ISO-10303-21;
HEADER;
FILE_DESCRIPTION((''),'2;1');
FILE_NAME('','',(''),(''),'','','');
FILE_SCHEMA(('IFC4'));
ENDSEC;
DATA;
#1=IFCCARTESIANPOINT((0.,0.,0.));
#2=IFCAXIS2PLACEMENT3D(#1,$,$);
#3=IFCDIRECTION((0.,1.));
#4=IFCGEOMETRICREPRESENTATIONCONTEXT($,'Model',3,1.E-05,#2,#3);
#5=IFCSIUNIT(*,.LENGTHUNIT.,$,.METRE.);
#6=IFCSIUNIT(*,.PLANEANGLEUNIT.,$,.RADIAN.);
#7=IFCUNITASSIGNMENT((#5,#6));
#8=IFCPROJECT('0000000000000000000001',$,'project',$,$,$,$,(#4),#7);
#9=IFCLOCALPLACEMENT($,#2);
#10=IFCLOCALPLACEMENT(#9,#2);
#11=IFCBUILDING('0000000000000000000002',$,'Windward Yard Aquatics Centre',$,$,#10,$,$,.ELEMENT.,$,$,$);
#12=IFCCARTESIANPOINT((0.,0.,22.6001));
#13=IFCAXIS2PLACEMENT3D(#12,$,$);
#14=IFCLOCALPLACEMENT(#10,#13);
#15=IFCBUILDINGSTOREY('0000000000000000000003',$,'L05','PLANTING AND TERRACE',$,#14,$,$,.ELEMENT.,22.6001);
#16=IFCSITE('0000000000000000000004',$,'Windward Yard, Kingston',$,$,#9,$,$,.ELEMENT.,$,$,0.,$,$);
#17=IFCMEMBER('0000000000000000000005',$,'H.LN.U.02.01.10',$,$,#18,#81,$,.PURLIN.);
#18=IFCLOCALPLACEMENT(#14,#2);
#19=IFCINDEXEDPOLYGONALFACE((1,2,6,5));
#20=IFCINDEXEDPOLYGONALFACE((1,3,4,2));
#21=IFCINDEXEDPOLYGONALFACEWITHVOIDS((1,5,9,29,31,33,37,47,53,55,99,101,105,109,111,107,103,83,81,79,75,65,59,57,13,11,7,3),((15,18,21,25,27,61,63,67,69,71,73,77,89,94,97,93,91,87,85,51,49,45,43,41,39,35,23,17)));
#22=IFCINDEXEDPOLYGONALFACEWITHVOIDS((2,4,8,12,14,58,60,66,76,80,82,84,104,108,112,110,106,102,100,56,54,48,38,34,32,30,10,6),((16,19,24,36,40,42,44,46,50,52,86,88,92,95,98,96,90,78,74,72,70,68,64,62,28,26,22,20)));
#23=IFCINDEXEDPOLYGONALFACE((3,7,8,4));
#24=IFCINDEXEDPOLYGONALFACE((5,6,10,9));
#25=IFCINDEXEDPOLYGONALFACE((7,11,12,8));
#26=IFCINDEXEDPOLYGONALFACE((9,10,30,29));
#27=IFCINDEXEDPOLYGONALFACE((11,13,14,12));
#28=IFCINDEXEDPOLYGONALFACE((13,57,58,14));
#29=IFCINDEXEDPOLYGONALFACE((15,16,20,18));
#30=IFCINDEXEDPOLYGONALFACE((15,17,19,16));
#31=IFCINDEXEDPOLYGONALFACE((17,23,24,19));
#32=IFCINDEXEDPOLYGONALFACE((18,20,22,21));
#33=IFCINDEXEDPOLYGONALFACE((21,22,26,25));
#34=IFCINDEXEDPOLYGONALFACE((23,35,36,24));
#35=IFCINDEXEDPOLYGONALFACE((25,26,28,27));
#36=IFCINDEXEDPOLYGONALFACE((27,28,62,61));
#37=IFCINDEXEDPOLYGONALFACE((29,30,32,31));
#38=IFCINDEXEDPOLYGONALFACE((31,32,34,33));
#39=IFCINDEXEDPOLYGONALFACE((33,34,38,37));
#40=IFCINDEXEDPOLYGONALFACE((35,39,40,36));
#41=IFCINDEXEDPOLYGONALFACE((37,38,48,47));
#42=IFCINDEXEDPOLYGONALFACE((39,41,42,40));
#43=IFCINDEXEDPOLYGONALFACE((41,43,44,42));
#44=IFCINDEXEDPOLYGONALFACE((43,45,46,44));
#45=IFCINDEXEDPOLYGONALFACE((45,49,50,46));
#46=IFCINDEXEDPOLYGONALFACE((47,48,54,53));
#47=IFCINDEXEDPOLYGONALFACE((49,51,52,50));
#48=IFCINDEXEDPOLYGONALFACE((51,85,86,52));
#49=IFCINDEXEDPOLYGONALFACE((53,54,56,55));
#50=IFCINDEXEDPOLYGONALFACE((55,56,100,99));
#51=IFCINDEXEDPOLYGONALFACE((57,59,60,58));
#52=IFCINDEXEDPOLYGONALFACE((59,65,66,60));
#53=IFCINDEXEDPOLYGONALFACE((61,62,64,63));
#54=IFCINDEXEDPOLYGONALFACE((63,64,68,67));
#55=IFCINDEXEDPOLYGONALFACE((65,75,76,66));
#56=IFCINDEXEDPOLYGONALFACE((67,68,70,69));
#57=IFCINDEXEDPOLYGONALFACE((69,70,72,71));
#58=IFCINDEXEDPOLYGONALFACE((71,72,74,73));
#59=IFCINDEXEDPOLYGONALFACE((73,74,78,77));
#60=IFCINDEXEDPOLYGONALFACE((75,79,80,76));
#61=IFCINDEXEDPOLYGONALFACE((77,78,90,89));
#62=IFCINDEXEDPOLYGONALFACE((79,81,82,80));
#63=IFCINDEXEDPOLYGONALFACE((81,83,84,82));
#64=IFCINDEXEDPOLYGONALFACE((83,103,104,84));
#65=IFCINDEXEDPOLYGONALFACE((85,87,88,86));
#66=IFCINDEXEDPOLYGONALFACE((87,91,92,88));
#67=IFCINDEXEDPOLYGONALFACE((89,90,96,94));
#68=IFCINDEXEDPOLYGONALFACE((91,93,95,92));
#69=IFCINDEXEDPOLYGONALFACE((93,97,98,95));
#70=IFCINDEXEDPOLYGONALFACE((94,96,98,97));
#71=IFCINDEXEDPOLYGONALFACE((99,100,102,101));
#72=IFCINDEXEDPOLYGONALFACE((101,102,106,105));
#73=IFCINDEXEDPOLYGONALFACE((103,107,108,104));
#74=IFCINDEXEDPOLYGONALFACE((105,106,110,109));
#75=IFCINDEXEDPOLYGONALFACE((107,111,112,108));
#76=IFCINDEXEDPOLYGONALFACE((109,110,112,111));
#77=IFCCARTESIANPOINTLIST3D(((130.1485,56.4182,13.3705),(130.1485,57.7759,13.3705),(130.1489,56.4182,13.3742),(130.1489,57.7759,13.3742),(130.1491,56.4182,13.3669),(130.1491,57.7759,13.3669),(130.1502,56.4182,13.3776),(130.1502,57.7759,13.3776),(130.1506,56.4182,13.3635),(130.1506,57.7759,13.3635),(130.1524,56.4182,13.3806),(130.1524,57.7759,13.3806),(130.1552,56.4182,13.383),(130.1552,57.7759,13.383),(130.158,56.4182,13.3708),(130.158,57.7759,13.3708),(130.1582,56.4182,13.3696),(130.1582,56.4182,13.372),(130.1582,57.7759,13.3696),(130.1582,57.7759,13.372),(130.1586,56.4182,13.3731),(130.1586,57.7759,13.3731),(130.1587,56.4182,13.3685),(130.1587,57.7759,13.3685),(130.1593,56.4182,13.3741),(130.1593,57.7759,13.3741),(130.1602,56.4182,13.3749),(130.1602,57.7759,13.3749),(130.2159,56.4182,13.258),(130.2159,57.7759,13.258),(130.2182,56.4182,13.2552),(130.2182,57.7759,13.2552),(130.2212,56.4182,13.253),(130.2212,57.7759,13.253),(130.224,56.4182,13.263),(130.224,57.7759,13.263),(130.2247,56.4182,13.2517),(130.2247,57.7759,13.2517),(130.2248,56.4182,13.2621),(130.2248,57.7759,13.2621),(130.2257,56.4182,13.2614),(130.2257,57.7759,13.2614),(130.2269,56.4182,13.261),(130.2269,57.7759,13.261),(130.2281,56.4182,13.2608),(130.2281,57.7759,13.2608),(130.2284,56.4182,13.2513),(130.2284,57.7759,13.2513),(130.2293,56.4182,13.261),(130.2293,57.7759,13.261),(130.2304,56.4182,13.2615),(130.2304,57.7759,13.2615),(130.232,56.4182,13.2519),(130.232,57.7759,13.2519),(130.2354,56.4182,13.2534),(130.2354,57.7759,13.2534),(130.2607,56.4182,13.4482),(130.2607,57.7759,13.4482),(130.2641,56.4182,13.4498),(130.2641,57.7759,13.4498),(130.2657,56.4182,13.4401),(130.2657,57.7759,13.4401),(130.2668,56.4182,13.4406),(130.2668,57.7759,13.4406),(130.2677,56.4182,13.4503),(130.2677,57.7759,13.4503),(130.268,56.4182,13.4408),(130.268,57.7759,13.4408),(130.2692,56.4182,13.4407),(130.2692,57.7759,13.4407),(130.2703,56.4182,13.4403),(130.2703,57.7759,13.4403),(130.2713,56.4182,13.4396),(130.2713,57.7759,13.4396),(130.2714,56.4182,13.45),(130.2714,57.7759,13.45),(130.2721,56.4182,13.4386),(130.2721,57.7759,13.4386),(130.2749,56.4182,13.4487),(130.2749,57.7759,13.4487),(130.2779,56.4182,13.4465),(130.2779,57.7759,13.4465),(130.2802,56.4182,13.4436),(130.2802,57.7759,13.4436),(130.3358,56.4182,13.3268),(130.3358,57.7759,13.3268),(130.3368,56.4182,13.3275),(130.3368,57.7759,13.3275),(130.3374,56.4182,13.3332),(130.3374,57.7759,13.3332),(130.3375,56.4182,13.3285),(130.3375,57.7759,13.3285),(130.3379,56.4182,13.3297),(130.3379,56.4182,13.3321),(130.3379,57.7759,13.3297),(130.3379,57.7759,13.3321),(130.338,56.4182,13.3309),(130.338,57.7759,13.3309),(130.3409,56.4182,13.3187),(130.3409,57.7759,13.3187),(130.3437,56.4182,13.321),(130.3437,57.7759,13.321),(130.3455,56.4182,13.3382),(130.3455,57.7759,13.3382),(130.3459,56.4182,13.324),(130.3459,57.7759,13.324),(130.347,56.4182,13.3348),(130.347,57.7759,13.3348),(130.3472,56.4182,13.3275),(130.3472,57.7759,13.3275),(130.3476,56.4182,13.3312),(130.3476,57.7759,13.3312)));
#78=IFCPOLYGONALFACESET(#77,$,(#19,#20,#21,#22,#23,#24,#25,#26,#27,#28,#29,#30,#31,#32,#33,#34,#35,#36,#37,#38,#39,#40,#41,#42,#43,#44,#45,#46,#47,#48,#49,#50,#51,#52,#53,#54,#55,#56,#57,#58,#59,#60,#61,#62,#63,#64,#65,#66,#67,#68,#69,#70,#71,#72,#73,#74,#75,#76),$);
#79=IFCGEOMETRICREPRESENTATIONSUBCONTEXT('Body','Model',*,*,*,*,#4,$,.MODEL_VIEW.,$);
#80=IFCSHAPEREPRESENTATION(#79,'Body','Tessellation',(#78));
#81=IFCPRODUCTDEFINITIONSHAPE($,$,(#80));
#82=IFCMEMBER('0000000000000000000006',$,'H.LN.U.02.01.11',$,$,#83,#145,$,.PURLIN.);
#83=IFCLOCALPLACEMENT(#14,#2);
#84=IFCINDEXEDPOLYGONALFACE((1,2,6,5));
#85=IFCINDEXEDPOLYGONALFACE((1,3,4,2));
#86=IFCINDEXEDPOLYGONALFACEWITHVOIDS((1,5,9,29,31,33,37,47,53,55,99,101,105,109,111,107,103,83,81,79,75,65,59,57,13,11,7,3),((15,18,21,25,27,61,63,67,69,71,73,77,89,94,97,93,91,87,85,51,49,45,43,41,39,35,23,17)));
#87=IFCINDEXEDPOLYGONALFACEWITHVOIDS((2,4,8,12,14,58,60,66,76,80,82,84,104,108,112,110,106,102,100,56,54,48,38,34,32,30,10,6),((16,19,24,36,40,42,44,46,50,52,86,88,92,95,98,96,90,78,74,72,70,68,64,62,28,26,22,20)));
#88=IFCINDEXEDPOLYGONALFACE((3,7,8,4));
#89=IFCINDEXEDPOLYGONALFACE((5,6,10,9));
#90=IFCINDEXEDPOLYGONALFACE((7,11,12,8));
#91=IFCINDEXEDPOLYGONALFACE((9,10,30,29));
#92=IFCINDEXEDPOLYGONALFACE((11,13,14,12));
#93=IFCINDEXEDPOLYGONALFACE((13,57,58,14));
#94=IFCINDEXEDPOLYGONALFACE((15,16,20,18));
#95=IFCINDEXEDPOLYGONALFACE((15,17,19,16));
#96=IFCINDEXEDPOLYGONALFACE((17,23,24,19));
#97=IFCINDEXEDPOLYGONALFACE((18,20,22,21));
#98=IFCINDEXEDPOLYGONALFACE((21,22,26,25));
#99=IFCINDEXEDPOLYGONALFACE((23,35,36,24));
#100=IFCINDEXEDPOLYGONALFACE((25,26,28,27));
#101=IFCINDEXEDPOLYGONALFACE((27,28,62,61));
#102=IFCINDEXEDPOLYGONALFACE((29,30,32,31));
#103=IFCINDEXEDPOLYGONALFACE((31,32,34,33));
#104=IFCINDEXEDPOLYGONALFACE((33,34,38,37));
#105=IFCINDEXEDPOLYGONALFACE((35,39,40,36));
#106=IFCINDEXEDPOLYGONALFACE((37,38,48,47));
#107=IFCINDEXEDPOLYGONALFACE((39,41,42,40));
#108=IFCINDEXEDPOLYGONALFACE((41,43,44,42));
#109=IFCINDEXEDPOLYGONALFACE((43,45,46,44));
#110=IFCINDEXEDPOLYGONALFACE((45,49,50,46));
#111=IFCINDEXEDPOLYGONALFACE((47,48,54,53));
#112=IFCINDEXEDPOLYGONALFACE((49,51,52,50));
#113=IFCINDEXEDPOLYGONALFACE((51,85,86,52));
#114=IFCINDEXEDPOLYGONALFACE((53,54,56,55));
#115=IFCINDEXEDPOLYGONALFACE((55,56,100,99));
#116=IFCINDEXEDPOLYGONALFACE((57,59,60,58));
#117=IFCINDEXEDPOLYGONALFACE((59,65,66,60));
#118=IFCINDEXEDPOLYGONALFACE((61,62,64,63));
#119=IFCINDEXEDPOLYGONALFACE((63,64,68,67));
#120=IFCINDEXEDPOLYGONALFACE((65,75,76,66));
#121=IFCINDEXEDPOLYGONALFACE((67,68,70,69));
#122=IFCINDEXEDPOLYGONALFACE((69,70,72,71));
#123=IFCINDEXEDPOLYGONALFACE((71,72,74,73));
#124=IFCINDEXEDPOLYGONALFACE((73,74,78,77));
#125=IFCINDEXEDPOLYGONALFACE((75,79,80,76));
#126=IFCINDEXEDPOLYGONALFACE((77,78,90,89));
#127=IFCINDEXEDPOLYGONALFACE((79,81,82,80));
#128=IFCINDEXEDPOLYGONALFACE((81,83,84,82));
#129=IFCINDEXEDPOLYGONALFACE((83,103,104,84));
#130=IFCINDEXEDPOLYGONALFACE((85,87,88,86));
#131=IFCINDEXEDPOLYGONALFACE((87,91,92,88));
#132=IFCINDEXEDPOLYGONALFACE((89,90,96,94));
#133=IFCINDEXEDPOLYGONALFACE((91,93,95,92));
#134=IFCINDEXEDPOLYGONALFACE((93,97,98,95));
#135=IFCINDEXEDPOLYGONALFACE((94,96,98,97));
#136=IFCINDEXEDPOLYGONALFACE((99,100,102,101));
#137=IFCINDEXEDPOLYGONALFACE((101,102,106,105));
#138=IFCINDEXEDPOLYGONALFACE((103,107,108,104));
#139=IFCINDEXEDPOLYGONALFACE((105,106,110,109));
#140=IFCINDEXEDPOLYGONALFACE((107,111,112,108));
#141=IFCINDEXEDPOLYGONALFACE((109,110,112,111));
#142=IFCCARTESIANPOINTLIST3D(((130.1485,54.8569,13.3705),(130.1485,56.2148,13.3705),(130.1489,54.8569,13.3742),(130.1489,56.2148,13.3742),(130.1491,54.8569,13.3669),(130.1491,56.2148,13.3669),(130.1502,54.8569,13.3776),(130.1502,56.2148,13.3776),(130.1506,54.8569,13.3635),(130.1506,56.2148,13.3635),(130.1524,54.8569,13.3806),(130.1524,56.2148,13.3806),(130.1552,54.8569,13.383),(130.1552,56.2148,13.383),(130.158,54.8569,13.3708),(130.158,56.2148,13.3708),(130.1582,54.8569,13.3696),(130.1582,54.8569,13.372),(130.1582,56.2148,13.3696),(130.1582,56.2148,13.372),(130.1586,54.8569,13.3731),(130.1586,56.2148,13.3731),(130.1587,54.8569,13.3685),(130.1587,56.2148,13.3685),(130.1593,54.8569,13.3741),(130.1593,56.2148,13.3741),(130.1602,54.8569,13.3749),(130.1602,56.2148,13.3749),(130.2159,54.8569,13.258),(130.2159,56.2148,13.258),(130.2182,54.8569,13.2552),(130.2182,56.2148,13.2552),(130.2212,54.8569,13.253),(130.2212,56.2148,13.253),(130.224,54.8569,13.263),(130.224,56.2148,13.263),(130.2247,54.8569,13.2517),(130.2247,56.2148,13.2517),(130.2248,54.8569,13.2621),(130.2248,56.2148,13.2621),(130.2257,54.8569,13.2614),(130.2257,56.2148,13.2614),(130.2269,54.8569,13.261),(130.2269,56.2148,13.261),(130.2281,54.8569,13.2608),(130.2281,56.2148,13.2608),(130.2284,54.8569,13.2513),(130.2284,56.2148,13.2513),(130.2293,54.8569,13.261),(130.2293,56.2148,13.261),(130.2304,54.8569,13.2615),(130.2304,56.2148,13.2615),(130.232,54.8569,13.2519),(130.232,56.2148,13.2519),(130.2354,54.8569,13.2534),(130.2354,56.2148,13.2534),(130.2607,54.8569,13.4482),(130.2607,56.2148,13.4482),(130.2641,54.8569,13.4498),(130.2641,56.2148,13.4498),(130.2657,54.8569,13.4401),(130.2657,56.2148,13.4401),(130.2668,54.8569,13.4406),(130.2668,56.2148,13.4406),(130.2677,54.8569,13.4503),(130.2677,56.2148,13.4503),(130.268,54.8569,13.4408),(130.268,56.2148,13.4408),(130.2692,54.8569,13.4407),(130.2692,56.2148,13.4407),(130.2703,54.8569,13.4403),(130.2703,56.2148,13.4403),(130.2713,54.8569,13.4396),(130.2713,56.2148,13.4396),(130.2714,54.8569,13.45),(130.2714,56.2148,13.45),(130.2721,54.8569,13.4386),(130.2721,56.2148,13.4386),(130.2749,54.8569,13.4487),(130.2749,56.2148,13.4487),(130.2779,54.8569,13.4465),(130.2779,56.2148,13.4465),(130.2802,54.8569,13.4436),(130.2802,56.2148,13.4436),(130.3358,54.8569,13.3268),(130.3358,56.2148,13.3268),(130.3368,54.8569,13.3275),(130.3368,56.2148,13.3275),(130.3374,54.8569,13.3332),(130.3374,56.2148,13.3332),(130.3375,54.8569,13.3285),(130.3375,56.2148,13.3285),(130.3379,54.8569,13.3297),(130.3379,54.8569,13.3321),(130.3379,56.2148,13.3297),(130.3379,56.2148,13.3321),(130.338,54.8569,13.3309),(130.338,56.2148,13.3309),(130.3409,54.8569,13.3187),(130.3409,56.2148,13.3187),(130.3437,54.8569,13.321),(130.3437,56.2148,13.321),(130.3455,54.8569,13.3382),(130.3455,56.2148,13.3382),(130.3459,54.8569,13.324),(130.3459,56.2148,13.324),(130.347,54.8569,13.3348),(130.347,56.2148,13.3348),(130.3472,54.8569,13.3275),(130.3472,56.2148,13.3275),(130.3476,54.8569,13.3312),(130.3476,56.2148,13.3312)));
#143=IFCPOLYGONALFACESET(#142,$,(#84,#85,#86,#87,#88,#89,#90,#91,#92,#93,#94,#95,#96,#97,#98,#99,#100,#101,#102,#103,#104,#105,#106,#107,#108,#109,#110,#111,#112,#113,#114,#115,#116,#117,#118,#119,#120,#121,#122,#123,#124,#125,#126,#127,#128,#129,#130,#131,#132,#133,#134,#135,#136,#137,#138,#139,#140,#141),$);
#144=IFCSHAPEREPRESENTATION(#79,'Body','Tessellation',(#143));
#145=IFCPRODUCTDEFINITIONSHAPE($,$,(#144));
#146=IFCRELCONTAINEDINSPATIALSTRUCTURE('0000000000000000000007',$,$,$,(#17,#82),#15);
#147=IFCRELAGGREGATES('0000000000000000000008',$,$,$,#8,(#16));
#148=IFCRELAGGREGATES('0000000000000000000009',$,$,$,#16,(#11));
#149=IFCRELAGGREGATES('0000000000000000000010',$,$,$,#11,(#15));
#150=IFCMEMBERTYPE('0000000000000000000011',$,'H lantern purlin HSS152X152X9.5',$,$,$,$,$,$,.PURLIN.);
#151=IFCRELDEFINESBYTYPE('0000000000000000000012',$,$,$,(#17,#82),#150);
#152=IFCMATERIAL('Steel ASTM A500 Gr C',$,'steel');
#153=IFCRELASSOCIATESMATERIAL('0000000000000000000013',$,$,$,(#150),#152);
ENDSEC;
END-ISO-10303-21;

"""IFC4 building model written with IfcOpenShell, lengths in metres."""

from ifc_helpers import new_model, si_unit, direction, frame, origin, origin_2d, place, context, subcontext, project, spatial, hollow_rectangle, extrude, material, material_profile, profile_set, type_object, element, save


model = new_model("IFC4")

# Units and contexts
model_context = context("Model", 3, precision=1e-05, world=origin(), true_north=direction((0.0, 1.0)))
body_context = subcontext(model_context, "Body", "Model", "MODEL_VIEW")
ifc_project = project(units=[si_unit("LENGTHUNIT", "METRE"), si_unit("PLANEANGLEUNIT", "RADIAN")], contexts=[model_context])

# Site, building, storey
site_placement = place(None, origin())
site = spatial("IfcSite", under=ifc_project, at=site_placement, Name="Windward Yard, Kingston", CompositionType="ELEMENT", RefElevation=0.0)
building_placement = place(site_placement, origin())
building = spatial("IfcBuilding", under=site, at=building_placement, Name="Windward Yard Aquatics Centre", CompositionType="ELEMENT")
storey_placement = place(building_placement, frame((0.0, 0.0, 22.6001)))
storey = spatial("IfcBuildingStorey", under=building, at=storey_placement, Name="L05", Description="PLANTING AND TERRACE", CompositionType="ELEMENT", Elevation=22.6001)

# Members
ifc_material_1 = material(Name="Steel ASTM A500 Gr C", Category="steel")
ifc_material_profile_1 = material_profile(ifc_material_1, hollow_rectangle(XDim=0.1523, YDim=0.1523, WallThickness=0.0095, InnerFilletRadius=0.0046, OuterFilletRadius=0.0142, at=origin_2d()), Name="HSS152X152X9.5")
ifc_profile_set_1 = profile_set([ifc_material_profile_1], Name="Steel ASTM A500 Gr C")
member_type_1 = type_object("IfcMemberType", Name="H lantern purlin HSS152X152X9.5", PredefinedType="PURLIN", material=ifc_profile_set_1)
member_1_placement = place(storey_placement, frame((130.248, 57.7759, 13.3508), z_axis=(0.0, -1.0, 0.0), x_axis=(0.526172, 0.0, -0.850378)))
element("IfcMember", 1, at=member_1_placement, inside=storey, type_object=member_type_1, Name="H.LN.U.02.01.10", PredefinedType="PURLIN", context=body_context, shape_type="SweptSolid", body=[
    extrude(hollow_rectangle(XDim=0.1523, YDim=0.1523, WallThickness=0.0095, InnerFilletRadius=0.0046, OuterFilletRadius=0.0142, at=origin_2d()), origin(), (0.0, 0.0, 1.0), 1.3577),
])
member_2_placement = place(storey_placement, frame((130.248, 56.2148, 13.3508), z_axis=(0.0, -1.0, 0.0), x_axis=(0.526172, 0.0, -0.850378)))
element("IfcMember", 2, at=member_2_placement, inside=storey, type_object=member_type_1, Name="H.LN.U.02.01.11", PredefinedType="PURLIN", context=body_context, shape_type="SweptSolid", body=[
    extrude(hollow_rectangle(XDim=0.1523, YDim=0.1523, WallThickness=0.0095, InnerFilletRadius=0.0046, OuterFilletRadius=0.0142, at=origin_2d()), origin(), (0.0, 0.0, 1.0), 1.3579),
])

save(model, "model.ifc")
